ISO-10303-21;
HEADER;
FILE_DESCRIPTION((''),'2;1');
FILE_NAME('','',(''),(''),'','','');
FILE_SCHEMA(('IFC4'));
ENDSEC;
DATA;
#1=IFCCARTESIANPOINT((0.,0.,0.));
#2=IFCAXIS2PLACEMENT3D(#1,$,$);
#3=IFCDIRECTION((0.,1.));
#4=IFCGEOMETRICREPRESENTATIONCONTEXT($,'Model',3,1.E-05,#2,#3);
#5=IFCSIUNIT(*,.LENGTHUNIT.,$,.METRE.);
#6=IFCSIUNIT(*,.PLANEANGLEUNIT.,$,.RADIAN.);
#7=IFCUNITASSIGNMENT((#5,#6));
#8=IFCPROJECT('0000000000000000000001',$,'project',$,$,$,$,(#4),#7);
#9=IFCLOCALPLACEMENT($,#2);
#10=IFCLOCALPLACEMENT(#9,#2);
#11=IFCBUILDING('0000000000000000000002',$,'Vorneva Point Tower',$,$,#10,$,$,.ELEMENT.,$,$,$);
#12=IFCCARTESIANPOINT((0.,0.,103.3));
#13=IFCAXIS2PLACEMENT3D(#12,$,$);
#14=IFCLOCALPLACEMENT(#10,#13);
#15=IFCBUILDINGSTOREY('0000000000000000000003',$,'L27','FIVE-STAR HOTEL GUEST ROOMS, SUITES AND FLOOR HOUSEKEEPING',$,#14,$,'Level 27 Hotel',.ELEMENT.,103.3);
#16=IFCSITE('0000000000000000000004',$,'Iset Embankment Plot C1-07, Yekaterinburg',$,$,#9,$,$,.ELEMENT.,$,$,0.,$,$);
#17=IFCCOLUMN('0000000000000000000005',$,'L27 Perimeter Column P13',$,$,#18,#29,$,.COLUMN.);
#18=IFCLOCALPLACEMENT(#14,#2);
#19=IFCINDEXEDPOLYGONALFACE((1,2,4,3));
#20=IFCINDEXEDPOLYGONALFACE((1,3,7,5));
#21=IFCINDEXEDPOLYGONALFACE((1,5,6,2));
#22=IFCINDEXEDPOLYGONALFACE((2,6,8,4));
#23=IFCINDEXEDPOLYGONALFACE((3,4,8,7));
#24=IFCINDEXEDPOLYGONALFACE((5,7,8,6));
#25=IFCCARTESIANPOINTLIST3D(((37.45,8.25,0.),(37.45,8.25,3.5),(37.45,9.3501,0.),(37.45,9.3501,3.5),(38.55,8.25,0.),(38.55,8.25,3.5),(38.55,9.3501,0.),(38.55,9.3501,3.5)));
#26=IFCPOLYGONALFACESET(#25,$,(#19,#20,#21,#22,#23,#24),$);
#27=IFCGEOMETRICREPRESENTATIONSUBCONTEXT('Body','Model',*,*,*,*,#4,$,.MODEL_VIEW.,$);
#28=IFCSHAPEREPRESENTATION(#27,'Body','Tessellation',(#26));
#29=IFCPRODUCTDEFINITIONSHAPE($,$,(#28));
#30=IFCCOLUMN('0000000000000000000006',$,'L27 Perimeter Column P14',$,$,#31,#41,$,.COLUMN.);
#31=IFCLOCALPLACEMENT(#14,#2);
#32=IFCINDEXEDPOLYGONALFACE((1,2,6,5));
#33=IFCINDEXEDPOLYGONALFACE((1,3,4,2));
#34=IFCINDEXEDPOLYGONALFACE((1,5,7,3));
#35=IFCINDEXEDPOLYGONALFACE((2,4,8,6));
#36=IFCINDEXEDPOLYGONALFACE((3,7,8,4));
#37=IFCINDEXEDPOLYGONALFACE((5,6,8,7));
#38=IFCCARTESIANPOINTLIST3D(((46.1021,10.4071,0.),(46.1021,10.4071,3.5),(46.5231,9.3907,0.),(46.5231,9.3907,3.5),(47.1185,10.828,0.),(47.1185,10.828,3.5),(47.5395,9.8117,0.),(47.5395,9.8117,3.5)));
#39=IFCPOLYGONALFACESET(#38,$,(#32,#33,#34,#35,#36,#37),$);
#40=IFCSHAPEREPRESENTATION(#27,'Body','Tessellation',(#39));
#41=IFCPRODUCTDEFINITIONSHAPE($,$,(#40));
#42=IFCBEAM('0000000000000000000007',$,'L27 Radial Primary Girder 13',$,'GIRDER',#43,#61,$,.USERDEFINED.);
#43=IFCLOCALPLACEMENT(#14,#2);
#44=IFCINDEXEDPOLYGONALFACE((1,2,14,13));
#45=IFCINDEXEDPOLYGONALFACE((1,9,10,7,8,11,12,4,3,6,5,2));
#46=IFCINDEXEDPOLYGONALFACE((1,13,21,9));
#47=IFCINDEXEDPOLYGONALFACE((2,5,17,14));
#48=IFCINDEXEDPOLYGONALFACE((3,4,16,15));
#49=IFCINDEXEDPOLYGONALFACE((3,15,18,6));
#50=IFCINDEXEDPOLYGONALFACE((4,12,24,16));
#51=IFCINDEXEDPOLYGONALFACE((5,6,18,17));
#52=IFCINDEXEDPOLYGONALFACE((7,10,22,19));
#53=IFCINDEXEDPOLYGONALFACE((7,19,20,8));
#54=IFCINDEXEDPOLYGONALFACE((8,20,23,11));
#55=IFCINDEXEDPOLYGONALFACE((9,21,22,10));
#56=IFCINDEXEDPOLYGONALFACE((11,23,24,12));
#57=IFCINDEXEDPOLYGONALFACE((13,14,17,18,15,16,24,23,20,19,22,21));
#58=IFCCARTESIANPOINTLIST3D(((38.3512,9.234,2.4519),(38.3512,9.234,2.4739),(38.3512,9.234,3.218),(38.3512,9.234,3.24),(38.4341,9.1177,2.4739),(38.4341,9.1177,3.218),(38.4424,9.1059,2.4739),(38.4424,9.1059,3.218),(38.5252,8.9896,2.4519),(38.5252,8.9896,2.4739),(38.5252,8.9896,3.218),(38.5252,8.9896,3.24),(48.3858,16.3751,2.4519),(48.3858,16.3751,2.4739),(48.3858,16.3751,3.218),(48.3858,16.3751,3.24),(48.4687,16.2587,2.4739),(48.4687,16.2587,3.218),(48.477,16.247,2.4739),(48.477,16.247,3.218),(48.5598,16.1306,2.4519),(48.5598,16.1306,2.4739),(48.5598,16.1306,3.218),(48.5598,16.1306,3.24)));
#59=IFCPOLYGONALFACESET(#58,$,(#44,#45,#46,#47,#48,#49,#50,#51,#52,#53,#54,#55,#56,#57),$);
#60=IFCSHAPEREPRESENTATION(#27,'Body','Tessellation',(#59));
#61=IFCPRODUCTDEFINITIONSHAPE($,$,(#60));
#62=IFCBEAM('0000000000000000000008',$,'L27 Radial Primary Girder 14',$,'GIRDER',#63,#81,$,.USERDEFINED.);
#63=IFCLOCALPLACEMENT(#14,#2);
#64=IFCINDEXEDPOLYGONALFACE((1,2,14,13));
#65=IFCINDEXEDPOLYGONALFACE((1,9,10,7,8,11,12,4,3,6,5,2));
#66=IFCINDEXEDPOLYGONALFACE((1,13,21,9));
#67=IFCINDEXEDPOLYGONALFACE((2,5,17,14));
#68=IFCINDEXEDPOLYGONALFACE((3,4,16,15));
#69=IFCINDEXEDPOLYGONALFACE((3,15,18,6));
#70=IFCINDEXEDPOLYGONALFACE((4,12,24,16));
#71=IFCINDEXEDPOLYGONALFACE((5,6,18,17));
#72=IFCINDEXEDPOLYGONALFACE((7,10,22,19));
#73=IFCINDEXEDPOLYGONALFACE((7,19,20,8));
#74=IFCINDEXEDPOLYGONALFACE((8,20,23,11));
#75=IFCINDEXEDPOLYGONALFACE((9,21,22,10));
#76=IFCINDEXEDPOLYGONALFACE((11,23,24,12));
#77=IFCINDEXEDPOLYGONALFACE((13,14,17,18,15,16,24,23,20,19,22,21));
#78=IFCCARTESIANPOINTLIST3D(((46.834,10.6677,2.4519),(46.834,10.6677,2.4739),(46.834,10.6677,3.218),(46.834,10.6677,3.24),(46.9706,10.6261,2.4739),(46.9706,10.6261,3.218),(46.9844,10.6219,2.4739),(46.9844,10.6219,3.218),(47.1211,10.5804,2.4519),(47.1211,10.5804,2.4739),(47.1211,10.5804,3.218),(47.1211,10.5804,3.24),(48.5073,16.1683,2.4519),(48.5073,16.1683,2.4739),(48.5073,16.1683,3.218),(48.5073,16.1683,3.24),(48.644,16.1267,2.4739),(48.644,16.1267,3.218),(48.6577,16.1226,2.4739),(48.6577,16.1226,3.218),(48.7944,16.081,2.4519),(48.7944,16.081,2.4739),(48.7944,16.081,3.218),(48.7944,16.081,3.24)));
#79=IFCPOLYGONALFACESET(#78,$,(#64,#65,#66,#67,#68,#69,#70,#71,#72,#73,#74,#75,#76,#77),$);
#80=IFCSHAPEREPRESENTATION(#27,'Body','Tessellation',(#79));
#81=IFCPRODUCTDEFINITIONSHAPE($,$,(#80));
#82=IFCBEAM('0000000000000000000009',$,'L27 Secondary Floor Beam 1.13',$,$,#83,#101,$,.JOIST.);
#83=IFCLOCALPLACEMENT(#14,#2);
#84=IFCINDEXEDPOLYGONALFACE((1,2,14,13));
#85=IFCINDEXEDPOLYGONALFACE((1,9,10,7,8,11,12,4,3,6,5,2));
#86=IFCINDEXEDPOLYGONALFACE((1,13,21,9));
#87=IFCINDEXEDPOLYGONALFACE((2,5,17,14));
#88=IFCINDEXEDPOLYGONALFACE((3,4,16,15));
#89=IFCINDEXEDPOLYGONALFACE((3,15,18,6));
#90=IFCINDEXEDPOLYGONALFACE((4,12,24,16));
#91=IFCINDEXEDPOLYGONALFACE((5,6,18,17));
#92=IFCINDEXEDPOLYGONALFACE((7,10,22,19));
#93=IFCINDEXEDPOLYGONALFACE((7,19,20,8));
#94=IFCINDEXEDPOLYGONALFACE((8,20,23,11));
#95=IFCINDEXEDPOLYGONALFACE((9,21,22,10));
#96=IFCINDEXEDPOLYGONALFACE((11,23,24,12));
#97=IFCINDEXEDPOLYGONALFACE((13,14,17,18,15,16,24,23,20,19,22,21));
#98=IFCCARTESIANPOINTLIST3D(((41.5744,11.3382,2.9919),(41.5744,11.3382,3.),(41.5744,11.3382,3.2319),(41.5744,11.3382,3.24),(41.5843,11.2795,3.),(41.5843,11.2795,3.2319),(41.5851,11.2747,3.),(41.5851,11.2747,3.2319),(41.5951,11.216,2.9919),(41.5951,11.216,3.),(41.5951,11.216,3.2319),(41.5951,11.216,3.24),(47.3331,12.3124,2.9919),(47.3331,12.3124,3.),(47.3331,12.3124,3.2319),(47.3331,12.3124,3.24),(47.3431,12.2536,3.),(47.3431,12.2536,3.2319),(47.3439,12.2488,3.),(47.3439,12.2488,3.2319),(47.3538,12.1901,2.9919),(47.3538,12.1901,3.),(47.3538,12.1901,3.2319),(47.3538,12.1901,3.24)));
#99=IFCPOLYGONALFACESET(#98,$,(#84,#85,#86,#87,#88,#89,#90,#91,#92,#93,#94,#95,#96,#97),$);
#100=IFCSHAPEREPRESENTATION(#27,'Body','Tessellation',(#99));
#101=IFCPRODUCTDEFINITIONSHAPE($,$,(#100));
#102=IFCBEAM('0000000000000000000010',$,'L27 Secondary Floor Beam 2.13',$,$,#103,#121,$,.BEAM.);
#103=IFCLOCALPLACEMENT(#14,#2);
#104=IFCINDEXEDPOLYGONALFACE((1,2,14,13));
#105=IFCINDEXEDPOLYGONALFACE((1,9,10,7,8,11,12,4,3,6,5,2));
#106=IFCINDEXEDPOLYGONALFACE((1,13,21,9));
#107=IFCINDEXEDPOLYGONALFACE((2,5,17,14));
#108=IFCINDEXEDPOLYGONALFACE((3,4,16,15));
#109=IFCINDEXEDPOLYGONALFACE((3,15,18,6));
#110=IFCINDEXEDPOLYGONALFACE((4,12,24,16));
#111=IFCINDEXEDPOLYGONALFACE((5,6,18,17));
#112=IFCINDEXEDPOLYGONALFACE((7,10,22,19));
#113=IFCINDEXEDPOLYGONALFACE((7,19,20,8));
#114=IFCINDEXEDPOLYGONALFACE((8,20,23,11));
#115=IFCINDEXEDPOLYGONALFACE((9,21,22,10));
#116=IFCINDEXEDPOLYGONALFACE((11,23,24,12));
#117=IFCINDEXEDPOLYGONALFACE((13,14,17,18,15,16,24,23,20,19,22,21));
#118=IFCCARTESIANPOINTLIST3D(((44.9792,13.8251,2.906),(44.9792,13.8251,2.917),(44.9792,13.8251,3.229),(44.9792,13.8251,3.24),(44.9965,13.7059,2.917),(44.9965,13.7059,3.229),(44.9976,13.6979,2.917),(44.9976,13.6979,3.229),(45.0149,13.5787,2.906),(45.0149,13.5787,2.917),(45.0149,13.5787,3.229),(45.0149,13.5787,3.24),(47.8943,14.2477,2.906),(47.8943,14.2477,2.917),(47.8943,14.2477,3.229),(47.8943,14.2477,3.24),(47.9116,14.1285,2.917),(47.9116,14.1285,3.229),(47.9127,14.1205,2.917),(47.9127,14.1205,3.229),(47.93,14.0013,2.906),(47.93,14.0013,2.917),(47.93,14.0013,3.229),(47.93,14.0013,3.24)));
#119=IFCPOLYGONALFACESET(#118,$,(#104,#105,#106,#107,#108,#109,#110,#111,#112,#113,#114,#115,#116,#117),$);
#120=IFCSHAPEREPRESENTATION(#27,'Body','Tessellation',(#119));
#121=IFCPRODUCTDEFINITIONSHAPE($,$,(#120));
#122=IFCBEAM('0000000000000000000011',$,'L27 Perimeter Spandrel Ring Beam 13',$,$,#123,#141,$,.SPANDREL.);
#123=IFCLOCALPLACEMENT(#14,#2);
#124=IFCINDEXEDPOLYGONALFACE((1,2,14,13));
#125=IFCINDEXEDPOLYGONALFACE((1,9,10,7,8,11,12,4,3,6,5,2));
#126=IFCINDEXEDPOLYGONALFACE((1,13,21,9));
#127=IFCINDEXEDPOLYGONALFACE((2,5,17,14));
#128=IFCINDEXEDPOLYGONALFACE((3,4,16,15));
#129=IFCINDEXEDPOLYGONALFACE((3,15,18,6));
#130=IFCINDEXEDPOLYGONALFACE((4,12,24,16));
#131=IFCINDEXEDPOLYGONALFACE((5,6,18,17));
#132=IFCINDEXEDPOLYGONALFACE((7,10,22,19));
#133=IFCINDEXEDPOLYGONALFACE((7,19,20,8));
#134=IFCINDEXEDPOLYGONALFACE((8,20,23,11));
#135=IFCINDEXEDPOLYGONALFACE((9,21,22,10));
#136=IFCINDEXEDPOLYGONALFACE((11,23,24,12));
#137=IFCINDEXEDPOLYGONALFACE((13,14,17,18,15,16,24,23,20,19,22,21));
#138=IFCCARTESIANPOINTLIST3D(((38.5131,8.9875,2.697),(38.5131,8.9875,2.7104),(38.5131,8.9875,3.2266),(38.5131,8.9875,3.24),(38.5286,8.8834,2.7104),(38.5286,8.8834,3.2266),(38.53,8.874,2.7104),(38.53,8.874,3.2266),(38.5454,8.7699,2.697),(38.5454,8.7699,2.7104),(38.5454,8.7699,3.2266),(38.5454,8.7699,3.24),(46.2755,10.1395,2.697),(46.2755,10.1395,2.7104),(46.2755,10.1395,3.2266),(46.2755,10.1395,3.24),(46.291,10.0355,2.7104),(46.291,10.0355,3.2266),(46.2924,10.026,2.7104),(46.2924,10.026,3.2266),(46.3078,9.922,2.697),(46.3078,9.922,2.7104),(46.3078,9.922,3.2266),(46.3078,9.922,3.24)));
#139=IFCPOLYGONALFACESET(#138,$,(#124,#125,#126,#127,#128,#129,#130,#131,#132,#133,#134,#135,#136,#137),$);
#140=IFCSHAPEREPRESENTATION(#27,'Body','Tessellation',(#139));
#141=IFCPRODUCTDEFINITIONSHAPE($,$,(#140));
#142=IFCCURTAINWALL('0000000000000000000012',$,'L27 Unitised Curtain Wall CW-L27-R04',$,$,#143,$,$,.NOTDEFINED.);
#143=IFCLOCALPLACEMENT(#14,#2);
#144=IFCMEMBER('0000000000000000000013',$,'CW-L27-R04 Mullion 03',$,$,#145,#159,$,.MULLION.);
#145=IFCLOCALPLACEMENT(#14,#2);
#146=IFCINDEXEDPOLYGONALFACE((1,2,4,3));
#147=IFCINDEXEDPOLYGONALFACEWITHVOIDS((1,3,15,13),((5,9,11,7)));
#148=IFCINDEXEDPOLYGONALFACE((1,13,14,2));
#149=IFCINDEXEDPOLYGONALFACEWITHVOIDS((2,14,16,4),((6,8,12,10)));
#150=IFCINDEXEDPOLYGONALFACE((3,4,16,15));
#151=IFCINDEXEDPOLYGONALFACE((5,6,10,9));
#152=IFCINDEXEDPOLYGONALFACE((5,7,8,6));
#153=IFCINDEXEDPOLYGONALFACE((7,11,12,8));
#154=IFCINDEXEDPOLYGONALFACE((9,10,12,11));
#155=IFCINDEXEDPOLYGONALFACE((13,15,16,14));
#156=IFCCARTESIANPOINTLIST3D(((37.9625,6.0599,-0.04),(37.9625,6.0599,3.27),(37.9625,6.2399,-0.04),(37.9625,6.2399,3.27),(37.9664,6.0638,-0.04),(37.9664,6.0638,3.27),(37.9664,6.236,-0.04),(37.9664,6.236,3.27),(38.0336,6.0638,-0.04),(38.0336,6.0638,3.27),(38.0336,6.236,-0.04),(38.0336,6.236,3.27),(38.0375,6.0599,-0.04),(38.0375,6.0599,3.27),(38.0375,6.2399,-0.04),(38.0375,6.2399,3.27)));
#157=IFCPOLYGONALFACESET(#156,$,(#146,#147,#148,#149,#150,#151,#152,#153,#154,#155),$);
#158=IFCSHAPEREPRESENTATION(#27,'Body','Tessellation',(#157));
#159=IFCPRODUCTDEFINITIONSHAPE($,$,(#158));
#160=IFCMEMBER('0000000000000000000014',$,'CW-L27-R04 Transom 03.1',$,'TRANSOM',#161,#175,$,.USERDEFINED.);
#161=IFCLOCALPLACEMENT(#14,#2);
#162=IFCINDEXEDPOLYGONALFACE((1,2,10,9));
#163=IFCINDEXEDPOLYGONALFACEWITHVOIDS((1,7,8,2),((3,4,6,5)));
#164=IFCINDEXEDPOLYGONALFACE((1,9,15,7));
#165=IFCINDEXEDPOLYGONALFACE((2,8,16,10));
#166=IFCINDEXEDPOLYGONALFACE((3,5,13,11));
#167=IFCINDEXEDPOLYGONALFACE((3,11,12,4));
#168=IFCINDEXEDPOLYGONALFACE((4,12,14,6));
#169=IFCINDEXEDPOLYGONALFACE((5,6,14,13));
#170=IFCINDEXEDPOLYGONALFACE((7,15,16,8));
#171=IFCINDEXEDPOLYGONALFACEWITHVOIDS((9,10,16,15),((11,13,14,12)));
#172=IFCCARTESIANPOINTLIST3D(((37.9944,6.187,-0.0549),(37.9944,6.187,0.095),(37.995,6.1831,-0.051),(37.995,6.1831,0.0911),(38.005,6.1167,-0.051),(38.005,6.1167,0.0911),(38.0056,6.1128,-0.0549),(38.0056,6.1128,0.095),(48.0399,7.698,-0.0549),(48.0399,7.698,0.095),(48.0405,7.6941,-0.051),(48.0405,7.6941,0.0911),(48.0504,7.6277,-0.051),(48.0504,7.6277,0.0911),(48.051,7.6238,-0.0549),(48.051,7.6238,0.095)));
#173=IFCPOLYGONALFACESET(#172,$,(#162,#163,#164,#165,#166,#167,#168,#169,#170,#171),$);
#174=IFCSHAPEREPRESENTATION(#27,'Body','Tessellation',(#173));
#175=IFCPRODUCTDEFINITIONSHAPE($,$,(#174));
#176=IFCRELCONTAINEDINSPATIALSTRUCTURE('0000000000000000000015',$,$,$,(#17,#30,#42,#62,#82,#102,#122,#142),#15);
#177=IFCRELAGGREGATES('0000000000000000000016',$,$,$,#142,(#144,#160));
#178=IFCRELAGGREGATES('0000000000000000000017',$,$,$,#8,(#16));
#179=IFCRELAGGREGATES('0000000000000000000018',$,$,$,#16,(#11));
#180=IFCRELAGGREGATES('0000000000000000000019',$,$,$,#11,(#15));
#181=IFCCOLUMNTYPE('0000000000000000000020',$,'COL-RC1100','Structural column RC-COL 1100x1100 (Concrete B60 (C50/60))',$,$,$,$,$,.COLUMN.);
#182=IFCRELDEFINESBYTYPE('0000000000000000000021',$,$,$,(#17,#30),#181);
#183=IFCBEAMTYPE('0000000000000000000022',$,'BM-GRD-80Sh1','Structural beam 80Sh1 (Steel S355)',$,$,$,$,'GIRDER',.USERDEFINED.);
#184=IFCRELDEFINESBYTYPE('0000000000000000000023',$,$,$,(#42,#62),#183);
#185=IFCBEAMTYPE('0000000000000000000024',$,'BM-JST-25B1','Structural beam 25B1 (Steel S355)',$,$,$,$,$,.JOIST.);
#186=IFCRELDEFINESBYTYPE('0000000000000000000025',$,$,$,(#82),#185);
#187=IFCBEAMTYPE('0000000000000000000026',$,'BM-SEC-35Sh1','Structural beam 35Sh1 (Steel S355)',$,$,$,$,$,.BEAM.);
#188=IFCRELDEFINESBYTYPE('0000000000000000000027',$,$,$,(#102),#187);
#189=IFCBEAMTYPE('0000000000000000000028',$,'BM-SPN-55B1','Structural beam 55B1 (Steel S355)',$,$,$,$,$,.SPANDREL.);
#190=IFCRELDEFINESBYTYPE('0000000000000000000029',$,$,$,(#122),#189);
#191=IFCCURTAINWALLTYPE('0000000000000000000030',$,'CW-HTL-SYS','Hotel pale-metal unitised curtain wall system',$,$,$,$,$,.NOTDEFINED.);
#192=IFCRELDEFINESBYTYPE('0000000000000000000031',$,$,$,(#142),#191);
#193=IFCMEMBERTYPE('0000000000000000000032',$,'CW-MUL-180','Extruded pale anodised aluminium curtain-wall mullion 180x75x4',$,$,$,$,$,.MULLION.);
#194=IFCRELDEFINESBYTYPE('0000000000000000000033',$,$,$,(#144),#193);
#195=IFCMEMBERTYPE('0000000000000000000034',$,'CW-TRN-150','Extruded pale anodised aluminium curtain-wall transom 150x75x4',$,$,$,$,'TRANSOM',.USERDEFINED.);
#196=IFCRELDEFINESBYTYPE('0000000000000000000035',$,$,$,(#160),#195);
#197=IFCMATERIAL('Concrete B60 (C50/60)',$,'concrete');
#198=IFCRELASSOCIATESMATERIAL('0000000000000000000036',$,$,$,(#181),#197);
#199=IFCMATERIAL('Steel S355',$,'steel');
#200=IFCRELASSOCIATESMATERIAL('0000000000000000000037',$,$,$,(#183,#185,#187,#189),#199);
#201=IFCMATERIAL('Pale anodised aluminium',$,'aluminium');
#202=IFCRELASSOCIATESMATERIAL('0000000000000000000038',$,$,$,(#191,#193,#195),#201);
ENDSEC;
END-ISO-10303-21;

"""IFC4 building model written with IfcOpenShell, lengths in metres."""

from ifc_helpers import new_model, si_unit, direction, frame, origin, origin_2d, place, context, subcontext, project, spatial, rectangle, hollow_rectangle, i_section, extrude, material, material_profile, profile_set, type_object, element, aggregate, save


model = new_model("IFC4")

# Units and contexts
model_context = context("Model", 3, precision=1e-05, world=origin(), true_north=direction((0.0, 1.0)))
body_context = subcontext(model_context, "Body", "Model", "MODEL_VIEW")
ifc_project = project(units=[si_unit("LENGTHUNIT", "METRE"), si_unit("PLANEANGLEUNIT", "RADIAN")], contexts=[model_context])

# Site, building, storey
site_placement = place(None, origin())
site = spatial("IfcSite", under=ifc_project, at=site_placement, Name="Iset Embankment Plot C1-07, Yekaterinburg", CompositionType="ELEMENT", RefElevation=0.0)
building_placement = place(site_placement, origin())
building = spatial("IfcBuilding", under=site, at=building_placement, Name="Vorneva Point Tower", CompositionType="ELEMENT")
storey_placement = place(building_placement, frame((0.0, 0.0, 103.3)))
storey = spatial("IfcBuildingStorey", under=building, at=storey_placement, Name="L27", Description="FIVE-STAR HOTEL GUEST ROOMS, SUITES AND FLOOR HOUSEKEEPING", LongName="Level 27 Hotel", CompositionType="ELEMENT", Elevation=103.3)

# Columns
ifc_material_1 = material(Name="Concrete B60 (C50/60)", Category="concrete")
ifc_material_profile_1 = material_profile(ifc_material_1, rectangle(XDim=1.1001, YDim=1.1001, at=origin_2d()), Name="RC-COL 1100x1100")
ifc_profile_set_1 = profile_set([ifc_material_profile_1], Name="Concrete B60 (C50/60)")
column_type = type_object("IfcColumnType", Name="COL-RC1100", Description="Structural column RC-COL 1100x1100 (Concrete B60 (C50/60))", PredefinedType="COLUMN", material=ifc_profile_set_1)
for number, where, z_axis, x_axis, name in (
    (1, (38.0, 8.8, 0.0), (0.0, 0.0, 1.0), (0.0, -1.0, 0.0), "L27 Perimeter Column P13"),
    (2, (46.8208, 10.1094, 0.0), (0.0, 0.0, 1.0), (0.382683, -0.92388, 0.0), "L27 Perimeter Column P14"),
):
    element("IfcColumn", number, at=place(storey_placement, frame(where, z_axis=z_axis, x_axis=x_axis)), inside=storey, type_object=column_type, Name=name, PredefinedType="COLUMN", context=body_context, shape_type="SweptSolid", body=[
        extrude(rectangle(XDim=1.1001, YDim=1.1001, at=origin_2d()), origin(), (0.0, 0.0, 1.0), 3.5),
    ])

# Beams
ifc_material_2 = material(Name="Steel S355", Category="steel")
ifc_material_profile_2 = material_profile(ifc_material_2, i_section(OverallWidth=0.3, OverallDepth=0.7881, WebThickness=0.0144, FlangeThickness=0.022, at=origin_2d()), Name="80Sh1")
ifc_profile_set_2 = profile_set([ifc_material_profile_2], Name="Steel S355")
beam_type_1 = type_object("IfcBeamType", Name="BM-GRD-80Sh1", Description="Structural beam 80Sh1 (Steel S355)", ElementType="GIRDER", PredefinedType="USERDEFINED", material=ifc_profile_set_2)
beam_1_placement = place(storey_placement, frame((38.4382, 9.1118, 2.8459), z_axis=(0.81475, 0.579812, 0.0), x_axis=(-0.579812, 0.81475, 0.0)))
element("IfcBeam", 3, at=beam_1_placement, inside=storey, type_object=beam_type_1, Name="L27 Radial Primary Girder 13", ObjectType="GIRDER", PredefinedType="USERDEFINED", context=body_context, shape_type="SweptSolid", body=[
    extrude(i_section(OverallWidth=0.3, OverallDepth=0.7881, WebThickness=0.0144, FlangeThickness=0.022, at=origin_2d()), origin(), (0.0, 0.0, 1.0), 12.3162),
])
beam_2_placement = place(storey_placement, frame((46.9775, 10.624, 2.8459), z_axis=(0.291035, 0.956712, 0.0), x_axis=(-0.956712, 0.291035, 0.0)))
element("IfcBeam", 4, at=beam_2_placement, inside=storey, type_object=beam_type_1, Name="L27 Radial Primary Girder 14", ObjectType="GIRDER", PredefinedType="USERDEFINED", context=body_context, shape_type="SweptSolid", body=[
    extrude(i_section(OverallWidth=0.3, OverallDepth=0.7881, WebThickness=0.0144, FlangeThickness=0.022, at=origin_2d()), origin(), (0.0, 0.0, 1.0), 5.7495),
])
ifc_material_profile_3 = material_profile(ifc_material_2, i_section(OverallWidth=0.124, OverallDepth=0.248, WebThickness=0.0049, FlangeThickness=0.0081, at=origin_2d()), Name="25B1")
ifc_profile_set_3 = profile_set([ifc_material_profile_3], Name="Steel S355")
beam_type_2 = type_object("IfcBeamType", Name="BM-JST-25B1", Description="Structural beam 25B1 (Steel S355)", PredefinedType="JOIST", material=ifc_profile_set_3)
beam_3_placement = place(storey_placement, frame((41.5847, 11.2771, 3.116), z_axis=(0.985993, 0.166785, 0.0), x_axis=(-0.166785, 0.985993, 0.0)))
element("IfcBeam", 5, at=beam_3_placement, inside=storey, type_object=beam_type_2, Name="L27 Secondary Floor Beam 1.13", PredefinedType="JOIST", context=body_context, shape_type="SweptSolid", body=[
    extrude(i_section(OverallWidth=0.124, OverallDepth=0.248, WebThickness=0.0049, FlangeThickness=0.0081, at=origin_2d()), origin(), (0.0, 0.0, 1.0), 5.8406),
])
ifc_material_profile_4 = material_profile(ifc_material_2, i_section(OverallWidth=0.249, OverallDepth=0.334, WebThickness=0.0081, FlangeThickness=0.011, at=origin_2d()), Name="35Sh1")
ifc_profile_set_4 = profile_set([ifc_material_profile_4], Name="Steel S355")
beam_type_3 = type_object("IfcBeamType", Name="BM-SEC-35Sh1", Description="Structural beam 35Sh1 (Steel S355)", PredefinedType="BEAM", material=ifc_profile_set_4)
beam_4_placement = place(storey_placement, frame((44.9971, 13.7019, 3.073), z_axis=(0.989654, 0.143475, 0.0), x_axis=(-0.143475, 0.989654, 0.0)))
element("IfcBeam", 6, at=beam_4_placement, inside=storey, type_object=beam_type_3, Name="L27 Secondary Floor Beam 2.13", PredefinedType="BEAM", context=body_context, shape_type="SweptSolid", body=[
    extrude(i_section(OverallWidth=0.249, OverallDepth=0.334, WebThickness=0.0081, FlangeThickness=0.011, at=origin_2d()), origin(), (0.0, 0.0, 1.0), 2.9456),
])
ifc_material_profile_5 = material_profile(ifc_material_2, i_section(OverallWidth=0.22, OverallDepth=0.543, WebThickness=0.0095, FlangeThickness=0.0134, at=origin_2d()), Name="55B1")
ifc_profile_set_5 = profile_set([ifc_material_profile_5], Name="Steel S355")
beam_type_4 = type_object("IfcBeamType", Name="BM-SPN-55B1", Description="Structural beam 55B1 (Steel S355)", PredefinedType="SPANDREL", material=ifc_profile_set_5)
beam_5_placement = place(storey_placement, frame((38.5293, 8.8787, 2.9685), z_axis=(0.989165, 0.146811, 0.0), x_axis=(-0.146811, 0.989165, 0.0)))
element("IfcBeam", 7, at=beam_5_placement, inside=storey, type_object=beam_type_4, Name="L27 Perimeter Spandrel Ring Beam 13", PredefinedType="SPANDREL", context=body_context, shape_type="SweptSolid", body=[
    extrude(i_section(OverallWidth=0.22, OverallDepth=0.543, WebThickness=0.0095, FlangeThickness=0.0134, at=origin_2d()), origin(), (0.0, 0.0, 1.0), 7.8474),
])

# Curtain wall, members
ifc_material_3 = material(Name="Pale anodised aluminium", Category="aluminium")
curtain_wall_type = type_object("IfcCurtainWallType", Name="CW-HTL-SYS", Description="Hotel pale-metal unitised curtain wall system", PredefinedType="NOTDEFINED", material=ifc_material_3)
curtain_wall_placement = place(storey_placement, origin())
curtain_wall = element("IfcCurtainWall", 8, at=curtain_wall_placement, inside=storey, type_object=curtain_wall_type, Name="L27 Unitised Curtain Wall CW-L27-R04", PredefinedType="NOTDEFINED")
ifc_material_profile_6 = material_profile(ifc_material_3, hollow_rectangle(XDim=0.075, YDim=0.1799, WallThickness=0.0039, at=origin_2d()), Name="AL-MUL 180x75x4")
ifc_profile_set_6 = profile_set([ifc_material_profile_6], Name="Pale anodised aluminium")
member_type_1 = type_object("IfcMemberType", Name="CW-MUL-180", Description="Extruded pale anodised aluminium curtain-wall mullion 180x75x4", PredefinedType="MULLION", material=ifc_profile_set_6)
member_1_placement = place(storey_placement, frame((38.0, 6.1499, -0.04), z_axis=(0.0, 0.0, 1.0), x_axis=(1.0, 0.0, 0.0)))
member_1 = element("IfcMember", 9, at=member_1_placement, type_object=member_type_1, Name="CW-L27-R04 Mullion 03", PredefinedType="MULLION", context=body_context, shape_type="SweptSolid", body=[
    extrude(hollow_rectangle(XDim=0.075, YDim=0.1799, WallThickness=0.0039, at=origin_2d()), origin(), (0.0, 0.0, 1.0), 3.3101),
])
ifc_material_profile_7 = material_profile(ifc_material_3, hollow_rectangle(XDim=0.075, YDim=0.1499, WallThickness=0.0039, at=origin_2d()), Name="AL-TRN 150x75x4")
ifc_profile_set_7 = profile_set([ifc_material_profile_7], Name="Pale anodised aluminium")
member_type_2 = type_object("IfcMemberType", Name="CW-TRN-150", Description="Extruded pale anodised aluminium curtain-wall transom 150x75x4", ElementType="TRANSOM", PredefinedType="USERDEFINED", material=ifc_profile_set_7)
member_2_placement = place(storey_placement, frame((38.0, 6.1499, 0.02), z_axis=(0.988876, 0.148742, 0.0), x_axis=(-0.148742, 0.988876, 0.0)))
member_2 = element("IfcMember", 10, at=member_2_placement, type_object=member_type_2, Name="CW-L27-R04 Transom 03.1", ObjectType="TRANSOM", PredefinedType="USERDEFINED", context=body_context, shape_type="SweptSolid", body=[
    extrude(hollow_rectangle(XDim=0.075, YDim=0.1499, WallThickness=0.0039, at=origin_2d()), origin(), (0.0, 0.0, 1.0), 10.1584),
])
aggregate(curtain_wall, [member_1, member_2])

save(model, "model.ifc")
